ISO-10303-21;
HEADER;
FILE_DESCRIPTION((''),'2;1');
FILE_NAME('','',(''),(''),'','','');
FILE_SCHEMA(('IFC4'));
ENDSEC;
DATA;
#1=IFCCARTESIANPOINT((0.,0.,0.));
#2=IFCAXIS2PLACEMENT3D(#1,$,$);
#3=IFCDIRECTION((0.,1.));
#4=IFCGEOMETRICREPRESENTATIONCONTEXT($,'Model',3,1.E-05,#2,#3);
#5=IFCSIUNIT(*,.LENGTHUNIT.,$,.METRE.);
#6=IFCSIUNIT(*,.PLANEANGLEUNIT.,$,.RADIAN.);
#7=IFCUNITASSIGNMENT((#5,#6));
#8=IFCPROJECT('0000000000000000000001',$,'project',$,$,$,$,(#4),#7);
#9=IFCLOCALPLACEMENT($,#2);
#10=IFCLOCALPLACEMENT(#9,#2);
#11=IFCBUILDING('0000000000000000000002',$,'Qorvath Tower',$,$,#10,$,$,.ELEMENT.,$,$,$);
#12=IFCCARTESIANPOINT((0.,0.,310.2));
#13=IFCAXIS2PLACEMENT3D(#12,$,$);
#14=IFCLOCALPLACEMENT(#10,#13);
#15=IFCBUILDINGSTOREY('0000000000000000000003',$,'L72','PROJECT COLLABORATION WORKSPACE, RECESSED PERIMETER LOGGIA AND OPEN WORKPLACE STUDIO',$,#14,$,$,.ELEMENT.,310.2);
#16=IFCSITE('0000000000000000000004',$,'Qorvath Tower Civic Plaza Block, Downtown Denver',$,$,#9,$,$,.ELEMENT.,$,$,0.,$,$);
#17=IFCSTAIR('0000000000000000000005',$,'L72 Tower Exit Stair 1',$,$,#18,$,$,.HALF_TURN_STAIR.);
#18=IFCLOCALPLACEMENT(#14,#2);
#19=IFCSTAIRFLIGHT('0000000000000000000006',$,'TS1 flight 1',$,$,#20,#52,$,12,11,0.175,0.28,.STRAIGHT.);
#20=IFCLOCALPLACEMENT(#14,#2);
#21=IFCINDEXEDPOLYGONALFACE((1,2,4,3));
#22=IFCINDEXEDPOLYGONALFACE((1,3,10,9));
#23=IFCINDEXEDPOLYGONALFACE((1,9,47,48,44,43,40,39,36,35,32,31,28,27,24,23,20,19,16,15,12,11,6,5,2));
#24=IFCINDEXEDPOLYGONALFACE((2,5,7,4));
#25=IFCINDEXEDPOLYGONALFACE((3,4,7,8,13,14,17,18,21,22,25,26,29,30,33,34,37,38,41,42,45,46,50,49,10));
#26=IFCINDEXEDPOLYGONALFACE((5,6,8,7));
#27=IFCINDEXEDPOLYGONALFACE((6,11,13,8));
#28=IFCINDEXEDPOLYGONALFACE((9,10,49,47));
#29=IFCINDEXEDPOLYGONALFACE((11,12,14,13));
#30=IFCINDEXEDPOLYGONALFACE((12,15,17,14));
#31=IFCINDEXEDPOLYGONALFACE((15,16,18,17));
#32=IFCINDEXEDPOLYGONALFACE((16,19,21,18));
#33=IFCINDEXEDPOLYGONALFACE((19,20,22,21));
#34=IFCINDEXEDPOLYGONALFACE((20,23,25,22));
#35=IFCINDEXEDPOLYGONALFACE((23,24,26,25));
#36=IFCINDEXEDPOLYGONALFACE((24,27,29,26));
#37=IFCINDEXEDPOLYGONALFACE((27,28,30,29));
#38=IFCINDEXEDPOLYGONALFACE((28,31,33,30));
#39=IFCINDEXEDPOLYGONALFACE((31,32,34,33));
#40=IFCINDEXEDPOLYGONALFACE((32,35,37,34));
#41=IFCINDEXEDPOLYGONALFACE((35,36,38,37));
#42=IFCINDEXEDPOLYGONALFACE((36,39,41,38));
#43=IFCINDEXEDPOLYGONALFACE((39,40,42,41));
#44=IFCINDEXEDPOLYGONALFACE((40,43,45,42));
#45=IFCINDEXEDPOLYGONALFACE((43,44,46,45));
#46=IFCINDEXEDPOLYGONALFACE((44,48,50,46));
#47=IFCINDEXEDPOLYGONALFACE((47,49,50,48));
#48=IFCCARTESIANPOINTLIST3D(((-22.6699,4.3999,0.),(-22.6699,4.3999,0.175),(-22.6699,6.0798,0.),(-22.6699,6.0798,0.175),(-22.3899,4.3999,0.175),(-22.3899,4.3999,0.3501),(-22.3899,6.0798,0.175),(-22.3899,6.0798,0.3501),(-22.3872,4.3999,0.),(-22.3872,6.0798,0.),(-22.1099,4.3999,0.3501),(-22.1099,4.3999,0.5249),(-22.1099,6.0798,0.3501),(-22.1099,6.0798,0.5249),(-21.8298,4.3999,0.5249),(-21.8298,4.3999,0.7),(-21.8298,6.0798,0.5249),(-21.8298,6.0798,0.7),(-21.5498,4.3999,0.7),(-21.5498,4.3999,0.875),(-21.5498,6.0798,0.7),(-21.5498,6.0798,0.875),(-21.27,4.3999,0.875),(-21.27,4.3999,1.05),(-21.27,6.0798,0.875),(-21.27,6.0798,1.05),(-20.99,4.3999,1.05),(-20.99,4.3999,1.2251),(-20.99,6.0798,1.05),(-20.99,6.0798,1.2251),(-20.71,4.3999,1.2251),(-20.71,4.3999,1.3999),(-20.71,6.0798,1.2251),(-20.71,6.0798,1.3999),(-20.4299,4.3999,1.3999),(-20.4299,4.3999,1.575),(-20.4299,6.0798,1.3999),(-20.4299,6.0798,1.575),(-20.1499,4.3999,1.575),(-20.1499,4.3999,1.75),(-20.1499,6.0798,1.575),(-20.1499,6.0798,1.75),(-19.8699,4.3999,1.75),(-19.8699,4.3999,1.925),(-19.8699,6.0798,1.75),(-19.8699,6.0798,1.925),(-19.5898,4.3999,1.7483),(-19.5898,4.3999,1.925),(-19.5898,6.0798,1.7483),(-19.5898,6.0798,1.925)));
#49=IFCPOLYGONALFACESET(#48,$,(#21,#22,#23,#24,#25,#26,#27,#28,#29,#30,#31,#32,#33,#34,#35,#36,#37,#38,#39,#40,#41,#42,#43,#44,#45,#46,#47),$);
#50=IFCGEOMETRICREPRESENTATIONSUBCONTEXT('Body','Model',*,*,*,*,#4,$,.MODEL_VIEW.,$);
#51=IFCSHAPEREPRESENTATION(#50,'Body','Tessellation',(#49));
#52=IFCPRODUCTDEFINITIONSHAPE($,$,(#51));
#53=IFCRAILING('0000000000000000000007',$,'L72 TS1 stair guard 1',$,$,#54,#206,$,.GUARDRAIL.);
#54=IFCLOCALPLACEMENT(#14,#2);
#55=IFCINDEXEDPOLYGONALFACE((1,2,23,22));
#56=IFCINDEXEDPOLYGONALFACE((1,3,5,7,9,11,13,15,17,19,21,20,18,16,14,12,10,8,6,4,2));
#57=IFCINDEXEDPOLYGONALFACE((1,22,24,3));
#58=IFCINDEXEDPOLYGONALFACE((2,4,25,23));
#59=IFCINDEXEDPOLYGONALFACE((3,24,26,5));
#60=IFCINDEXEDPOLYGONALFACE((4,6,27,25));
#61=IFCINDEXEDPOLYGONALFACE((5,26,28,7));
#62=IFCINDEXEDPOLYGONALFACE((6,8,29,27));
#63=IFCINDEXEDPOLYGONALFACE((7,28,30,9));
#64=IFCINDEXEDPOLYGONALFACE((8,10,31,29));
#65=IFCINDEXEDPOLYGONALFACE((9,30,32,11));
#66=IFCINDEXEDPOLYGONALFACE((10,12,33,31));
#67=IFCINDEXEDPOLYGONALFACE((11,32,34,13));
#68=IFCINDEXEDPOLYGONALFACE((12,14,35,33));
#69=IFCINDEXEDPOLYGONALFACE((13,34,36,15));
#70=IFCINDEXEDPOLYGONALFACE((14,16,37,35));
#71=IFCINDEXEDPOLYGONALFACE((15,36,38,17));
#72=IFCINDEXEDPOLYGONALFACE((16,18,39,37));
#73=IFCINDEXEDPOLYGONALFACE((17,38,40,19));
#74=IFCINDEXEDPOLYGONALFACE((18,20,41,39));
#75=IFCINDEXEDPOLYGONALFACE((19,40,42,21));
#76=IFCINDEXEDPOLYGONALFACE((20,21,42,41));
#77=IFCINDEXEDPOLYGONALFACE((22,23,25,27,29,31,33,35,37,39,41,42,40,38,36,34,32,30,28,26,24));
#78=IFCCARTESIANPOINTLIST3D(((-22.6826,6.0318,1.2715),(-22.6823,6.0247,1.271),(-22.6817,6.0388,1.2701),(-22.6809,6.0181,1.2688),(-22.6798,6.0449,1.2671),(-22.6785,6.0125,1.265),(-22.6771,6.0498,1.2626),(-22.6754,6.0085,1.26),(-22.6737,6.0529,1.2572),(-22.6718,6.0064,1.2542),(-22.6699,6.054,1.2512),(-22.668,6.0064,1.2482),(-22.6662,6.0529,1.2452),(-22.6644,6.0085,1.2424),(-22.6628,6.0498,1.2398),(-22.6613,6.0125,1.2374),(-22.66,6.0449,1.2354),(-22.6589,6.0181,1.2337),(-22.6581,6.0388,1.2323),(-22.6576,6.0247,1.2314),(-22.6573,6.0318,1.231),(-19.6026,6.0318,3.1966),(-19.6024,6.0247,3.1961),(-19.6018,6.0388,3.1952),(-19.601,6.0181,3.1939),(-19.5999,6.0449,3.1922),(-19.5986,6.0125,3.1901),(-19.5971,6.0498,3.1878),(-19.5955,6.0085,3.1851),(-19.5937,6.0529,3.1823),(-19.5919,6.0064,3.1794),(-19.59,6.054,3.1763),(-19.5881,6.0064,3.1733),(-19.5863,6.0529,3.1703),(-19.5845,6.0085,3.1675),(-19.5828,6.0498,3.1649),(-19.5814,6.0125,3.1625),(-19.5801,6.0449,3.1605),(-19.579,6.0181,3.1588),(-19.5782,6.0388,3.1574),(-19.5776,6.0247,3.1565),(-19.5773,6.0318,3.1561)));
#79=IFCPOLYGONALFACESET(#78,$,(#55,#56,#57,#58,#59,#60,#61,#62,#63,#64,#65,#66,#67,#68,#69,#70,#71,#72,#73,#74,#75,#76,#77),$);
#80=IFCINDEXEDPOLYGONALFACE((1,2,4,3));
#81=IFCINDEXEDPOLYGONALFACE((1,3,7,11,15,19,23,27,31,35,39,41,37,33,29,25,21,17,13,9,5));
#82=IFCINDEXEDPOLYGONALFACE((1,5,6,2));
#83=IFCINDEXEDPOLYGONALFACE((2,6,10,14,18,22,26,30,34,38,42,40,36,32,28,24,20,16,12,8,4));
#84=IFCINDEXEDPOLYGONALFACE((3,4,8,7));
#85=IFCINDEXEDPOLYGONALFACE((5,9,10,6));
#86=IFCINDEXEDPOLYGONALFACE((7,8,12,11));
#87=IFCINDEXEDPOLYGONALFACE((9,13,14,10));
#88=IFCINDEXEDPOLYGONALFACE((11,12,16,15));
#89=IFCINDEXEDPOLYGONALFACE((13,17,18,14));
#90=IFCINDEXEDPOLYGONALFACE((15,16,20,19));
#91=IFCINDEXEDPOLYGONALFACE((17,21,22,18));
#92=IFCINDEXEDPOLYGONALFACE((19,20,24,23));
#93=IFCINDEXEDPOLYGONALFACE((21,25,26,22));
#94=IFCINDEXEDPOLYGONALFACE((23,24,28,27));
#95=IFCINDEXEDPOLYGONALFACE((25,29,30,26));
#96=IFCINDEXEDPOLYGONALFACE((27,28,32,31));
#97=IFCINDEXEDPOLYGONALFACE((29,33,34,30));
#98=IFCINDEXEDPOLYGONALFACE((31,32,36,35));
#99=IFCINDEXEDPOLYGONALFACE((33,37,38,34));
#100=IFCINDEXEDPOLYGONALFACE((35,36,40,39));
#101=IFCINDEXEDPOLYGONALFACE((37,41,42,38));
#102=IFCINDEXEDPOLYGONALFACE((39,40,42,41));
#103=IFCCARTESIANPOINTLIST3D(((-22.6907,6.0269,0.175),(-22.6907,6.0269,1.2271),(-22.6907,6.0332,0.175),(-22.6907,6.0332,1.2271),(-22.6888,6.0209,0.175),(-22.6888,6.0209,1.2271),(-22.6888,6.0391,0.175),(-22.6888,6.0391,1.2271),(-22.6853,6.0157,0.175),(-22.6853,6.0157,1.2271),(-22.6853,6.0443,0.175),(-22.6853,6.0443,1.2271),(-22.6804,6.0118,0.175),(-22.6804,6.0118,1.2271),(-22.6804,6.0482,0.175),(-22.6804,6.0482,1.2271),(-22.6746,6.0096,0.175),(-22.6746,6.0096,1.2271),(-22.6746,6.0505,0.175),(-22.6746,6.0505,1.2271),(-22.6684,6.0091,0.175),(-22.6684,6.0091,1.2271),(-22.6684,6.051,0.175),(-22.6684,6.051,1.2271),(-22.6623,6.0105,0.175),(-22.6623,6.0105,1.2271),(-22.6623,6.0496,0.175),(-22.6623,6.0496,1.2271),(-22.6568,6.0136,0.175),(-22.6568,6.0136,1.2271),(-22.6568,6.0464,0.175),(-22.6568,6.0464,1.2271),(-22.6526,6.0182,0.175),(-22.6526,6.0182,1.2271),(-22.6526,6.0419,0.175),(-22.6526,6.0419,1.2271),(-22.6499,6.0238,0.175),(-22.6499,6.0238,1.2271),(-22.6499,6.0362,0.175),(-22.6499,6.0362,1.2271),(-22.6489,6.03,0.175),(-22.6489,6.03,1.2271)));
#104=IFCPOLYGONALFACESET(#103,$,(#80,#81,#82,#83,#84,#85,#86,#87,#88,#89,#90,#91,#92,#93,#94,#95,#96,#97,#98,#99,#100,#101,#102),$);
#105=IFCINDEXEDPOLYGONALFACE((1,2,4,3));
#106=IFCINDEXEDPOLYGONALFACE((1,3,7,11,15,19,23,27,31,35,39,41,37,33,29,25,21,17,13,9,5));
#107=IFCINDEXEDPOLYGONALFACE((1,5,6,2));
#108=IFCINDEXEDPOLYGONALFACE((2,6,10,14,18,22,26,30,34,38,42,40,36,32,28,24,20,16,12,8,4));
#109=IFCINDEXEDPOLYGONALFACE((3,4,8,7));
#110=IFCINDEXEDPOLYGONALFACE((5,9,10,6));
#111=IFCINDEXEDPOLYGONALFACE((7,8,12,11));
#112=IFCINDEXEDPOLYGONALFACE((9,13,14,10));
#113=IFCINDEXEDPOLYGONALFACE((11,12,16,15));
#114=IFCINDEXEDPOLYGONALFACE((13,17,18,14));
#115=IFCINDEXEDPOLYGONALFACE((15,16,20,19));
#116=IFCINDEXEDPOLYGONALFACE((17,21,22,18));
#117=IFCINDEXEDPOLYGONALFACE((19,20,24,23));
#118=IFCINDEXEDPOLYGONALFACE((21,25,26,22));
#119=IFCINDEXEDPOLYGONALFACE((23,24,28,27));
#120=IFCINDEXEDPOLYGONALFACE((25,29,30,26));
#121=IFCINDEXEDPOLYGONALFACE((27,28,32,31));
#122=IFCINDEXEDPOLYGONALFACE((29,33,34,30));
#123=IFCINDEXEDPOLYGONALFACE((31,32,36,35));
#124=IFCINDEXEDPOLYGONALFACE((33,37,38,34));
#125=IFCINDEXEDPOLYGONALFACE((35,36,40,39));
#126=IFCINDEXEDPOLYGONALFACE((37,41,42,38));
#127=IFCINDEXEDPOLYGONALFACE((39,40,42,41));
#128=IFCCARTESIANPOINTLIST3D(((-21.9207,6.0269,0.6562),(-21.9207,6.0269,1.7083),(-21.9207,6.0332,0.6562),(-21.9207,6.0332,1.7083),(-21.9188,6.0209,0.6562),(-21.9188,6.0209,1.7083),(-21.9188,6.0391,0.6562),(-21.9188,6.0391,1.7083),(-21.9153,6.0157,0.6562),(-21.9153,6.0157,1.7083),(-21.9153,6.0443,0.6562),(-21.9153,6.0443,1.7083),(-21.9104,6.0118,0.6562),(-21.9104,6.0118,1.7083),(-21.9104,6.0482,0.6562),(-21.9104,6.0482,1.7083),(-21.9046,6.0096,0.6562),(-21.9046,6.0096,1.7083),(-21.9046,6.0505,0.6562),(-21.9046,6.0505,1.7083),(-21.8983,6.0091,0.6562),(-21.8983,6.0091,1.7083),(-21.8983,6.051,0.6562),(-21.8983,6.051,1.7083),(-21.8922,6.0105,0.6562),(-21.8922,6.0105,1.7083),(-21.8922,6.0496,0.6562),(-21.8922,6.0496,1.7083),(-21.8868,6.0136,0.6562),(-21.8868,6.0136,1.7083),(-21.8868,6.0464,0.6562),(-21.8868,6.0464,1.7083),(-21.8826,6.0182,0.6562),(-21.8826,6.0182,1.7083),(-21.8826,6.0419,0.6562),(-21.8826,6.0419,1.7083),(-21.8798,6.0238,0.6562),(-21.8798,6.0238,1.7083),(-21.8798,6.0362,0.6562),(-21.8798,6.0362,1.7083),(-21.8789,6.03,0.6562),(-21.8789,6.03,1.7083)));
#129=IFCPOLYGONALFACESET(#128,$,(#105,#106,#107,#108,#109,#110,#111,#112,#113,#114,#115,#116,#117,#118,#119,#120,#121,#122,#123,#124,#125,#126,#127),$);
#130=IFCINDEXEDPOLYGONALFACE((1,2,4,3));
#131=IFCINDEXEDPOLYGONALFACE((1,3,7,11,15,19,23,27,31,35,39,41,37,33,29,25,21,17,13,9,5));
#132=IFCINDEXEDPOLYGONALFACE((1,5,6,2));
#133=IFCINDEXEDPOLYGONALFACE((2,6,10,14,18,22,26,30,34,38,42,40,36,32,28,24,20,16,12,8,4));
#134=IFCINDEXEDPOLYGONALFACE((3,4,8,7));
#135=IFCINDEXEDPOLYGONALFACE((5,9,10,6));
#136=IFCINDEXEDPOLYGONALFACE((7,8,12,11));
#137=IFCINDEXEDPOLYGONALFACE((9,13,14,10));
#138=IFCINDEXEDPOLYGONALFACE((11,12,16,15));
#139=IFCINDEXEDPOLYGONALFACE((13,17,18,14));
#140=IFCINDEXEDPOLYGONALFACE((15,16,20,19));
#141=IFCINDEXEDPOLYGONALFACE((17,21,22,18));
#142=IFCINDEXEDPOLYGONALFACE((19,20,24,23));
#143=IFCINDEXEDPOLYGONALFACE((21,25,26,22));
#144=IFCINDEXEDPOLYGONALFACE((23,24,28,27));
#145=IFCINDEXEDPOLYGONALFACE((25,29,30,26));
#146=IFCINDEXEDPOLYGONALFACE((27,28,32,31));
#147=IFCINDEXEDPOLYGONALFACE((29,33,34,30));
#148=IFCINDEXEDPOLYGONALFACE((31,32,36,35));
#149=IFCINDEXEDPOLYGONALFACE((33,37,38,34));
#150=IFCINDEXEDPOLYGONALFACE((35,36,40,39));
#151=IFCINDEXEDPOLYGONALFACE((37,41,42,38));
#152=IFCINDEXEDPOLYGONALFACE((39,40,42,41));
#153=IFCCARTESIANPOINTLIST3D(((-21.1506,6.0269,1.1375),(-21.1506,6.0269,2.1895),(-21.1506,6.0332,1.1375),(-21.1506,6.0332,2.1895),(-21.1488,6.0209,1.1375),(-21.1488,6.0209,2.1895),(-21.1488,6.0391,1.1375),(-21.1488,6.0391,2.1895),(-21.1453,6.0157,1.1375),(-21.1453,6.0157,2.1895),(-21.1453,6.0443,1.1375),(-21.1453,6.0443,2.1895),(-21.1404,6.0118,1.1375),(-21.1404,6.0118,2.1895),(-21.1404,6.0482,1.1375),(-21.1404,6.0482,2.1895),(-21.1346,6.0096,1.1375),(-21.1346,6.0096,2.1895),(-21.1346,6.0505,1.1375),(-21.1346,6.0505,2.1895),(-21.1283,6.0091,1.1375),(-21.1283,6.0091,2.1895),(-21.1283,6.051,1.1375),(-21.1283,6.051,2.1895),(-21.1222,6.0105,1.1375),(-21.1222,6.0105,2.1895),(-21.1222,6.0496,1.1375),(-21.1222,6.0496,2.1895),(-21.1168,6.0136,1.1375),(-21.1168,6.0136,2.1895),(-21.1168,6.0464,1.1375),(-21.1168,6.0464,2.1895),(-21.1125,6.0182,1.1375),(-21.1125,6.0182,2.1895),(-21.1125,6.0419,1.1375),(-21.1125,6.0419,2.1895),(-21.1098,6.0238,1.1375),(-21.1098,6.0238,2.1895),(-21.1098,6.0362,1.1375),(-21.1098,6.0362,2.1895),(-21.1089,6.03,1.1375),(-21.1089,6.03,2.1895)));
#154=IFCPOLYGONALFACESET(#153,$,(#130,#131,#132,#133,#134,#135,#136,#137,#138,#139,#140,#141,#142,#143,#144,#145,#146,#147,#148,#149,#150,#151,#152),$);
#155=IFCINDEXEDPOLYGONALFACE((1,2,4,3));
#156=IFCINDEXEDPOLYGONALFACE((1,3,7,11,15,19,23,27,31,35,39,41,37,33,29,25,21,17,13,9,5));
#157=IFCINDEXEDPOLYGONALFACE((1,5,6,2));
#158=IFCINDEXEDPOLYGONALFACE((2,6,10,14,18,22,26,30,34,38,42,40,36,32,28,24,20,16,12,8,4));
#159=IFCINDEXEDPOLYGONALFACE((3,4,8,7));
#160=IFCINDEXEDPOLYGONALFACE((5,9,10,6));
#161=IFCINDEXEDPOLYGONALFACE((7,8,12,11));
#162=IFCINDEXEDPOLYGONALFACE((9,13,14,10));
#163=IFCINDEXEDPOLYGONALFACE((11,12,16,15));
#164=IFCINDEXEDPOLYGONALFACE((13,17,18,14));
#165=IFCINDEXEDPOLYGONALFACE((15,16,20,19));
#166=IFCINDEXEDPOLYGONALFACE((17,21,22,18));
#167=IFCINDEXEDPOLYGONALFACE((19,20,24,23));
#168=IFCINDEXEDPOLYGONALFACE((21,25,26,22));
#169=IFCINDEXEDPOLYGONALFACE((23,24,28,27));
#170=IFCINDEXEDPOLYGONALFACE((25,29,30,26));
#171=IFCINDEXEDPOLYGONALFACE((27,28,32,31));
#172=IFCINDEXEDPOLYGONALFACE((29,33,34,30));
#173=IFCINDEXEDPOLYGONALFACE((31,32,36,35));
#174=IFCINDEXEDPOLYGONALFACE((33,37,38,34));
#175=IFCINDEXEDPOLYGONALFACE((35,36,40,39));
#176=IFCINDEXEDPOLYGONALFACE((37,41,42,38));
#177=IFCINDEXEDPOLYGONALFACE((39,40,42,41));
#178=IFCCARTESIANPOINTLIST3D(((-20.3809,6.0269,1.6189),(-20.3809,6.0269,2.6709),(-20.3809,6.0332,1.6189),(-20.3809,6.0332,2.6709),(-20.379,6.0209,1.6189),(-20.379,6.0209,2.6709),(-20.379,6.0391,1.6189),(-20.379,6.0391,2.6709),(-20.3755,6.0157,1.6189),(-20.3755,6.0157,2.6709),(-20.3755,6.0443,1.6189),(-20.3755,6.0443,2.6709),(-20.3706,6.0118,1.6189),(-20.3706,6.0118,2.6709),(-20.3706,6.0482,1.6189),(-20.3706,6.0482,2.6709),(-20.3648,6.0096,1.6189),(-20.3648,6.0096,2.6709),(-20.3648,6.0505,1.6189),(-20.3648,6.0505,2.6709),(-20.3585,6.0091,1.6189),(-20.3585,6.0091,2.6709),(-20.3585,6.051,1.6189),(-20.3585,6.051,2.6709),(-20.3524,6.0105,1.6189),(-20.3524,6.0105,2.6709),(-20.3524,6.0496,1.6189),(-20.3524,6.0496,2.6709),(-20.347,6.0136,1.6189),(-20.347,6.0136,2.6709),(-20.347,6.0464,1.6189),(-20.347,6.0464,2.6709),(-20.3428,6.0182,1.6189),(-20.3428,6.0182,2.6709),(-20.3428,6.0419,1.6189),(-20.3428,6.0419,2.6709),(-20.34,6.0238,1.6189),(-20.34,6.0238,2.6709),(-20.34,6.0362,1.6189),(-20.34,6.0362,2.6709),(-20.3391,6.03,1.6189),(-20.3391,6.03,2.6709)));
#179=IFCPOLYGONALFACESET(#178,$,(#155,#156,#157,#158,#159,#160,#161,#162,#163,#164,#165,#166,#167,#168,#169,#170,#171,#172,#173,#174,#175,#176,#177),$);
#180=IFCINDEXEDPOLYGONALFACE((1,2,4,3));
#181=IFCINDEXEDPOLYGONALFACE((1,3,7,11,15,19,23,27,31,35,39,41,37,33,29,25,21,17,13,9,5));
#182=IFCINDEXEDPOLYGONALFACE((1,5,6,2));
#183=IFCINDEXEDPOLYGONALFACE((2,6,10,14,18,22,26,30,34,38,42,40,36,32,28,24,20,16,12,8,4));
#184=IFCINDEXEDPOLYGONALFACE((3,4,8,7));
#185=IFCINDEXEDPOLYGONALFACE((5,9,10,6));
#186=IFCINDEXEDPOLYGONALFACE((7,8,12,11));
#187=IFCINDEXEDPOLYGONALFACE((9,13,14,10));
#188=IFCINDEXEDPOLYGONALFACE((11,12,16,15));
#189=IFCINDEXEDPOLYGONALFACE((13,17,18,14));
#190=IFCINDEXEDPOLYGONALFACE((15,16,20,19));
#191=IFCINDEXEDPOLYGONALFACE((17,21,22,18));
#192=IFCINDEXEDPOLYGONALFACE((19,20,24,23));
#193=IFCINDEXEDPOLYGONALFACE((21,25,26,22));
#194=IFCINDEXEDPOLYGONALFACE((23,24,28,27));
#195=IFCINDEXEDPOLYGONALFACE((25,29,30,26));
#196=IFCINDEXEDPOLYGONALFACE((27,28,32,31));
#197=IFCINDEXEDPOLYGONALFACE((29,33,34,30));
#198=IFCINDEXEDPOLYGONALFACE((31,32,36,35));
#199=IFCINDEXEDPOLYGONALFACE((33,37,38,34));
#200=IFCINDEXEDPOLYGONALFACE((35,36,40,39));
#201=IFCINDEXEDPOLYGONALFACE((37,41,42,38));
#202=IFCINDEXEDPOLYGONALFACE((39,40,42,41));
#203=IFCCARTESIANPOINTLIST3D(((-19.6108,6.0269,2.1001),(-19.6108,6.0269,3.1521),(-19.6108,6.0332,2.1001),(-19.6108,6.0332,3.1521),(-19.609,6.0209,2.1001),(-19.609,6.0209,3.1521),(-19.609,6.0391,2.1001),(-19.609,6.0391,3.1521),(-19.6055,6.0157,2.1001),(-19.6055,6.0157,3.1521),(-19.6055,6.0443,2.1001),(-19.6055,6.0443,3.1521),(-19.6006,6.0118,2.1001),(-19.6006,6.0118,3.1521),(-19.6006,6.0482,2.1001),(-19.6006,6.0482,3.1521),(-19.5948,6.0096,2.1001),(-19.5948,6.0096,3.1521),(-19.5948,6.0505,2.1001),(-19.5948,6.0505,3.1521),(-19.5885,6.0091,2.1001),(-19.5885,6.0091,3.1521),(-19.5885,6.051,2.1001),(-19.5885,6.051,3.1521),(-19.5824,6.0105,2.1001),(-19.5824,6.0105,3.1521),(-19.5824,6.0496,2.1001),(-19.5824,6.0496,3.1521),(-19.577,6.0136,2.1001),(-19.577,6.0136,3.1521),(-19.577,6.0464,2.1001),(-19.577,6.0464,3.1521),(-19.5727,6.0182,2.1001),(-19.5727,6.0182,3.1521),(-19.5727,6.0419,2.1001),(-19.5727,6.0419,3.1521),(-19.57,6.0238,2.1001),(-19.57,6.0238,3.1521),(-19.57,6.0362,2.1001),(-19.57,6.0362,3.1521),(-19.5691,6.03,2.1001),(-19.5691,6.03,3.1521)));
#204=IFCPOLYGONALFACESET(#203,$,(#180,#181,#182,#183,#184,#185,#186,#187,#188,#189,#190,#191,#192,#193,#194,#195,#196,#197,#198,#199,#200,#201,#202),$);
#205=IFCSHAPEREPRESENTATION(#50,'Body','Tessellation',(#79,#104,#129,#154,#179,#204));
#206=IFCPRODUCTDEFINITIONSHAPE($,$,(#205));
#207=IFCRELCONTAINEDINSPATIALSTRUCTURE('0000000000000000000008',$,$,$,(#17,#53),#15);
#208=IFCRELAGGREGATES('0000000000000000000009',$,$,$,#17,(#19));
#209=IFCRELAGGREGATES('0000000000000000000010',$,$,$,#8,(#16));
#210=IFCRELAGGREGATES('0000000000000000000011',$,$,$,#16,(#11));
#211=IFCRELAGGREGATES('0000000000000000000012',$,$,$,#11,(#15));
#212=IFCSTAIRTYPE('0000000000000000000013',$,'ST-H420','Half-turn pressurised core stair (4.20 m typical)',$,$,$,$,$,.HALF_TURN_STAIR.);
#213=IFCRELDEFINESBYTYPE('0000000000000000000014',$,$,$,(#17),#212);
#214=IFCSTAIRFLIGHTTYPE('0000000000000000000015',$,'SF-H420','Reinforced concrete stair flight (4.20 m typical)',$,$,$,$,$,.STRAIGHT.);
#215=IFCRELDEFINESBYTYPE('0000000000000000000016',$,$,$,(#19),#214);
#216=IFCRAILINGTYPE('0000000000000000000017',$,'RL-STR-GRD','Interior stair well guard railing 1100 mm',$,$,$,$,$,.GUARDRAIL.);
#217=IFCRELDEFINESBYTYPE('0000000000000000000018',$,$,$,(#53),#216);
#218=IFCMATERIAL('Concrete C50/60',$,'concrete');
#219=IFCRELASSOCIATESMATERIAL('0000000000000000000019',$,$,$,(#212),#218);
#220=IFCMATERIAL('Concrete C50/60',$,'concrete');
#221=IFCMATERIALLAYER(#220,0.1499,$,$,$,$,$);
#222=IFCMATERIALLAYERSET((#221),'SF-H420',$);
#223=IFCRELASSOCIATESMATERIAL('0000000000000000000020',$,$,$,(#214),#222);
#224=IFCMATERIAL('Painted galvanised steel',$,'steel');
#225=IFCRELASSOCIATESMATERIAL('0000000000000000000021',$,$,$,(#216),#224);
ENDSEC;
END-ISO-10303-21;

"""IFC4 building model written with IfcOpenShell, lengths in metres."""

from ifc_helpers import new_model, si_unit, direction, frame, origin, origin_2d, place, context, subcontext, project, spatial, polyline, circle, outline, extrude, material, layer, layer_set, type_object, element, aggregate, save


model = new_model("IFC4")

# Units and contexts
model_context = context("Model", 3, precision=1e-05, world=origin(), true_north=direction((0.0, 1.0)))
body_context = subcontext(model_context, "Body", "Model", "MODEL_VIEW")
ifc_project = project(units=[si_unit("LENGTHUNIT", "METRE"), si_unit("PLANEANGLEUNIT", "RADIAN")], contexts=[model_context])

# Site, building, storey
site_placement = place(None, origin())
site = spatial("IfcSite", under=ifc_project, at=site_placement, Name="Qorvath Tower Civic Plaza Block, Downtown Denver", CompositionType="ELEMENT", RefElevation=0.0)
building_placement = place(site_placement, origin())
building = spatial("IfcBuilding", under=site, at=building_placement, Name="Qorvath Tower", CompositionType="ELEMENT")
storey_placement = place(building_placement, frame((0.0, 0.0, 310.2)))
storey = spatial("IfcBuildingStorey", under=building, at=storey_placement, Name="L72", Description="PROJECT COLLABORATION WORKSPACE, RECESSED PERIMETER LOGGIA AND OPEN WORKPLACE STUDIO", CompositionType="ELEMENT", Elevation=310.2)

# Stair, stair flight
ifc_material_1 = material(Name="Concrete C50/60", Category="concrete")
stair_type = type_object("IfcStairType", Name="ST-H420", Description="Half-turn pressurised core stair (4.20 m typical)", PredefinedType="HALF_TURN_STAIR", material=ifc_material_1)
stair_placement = place(storey_placement, origin())
stair = element("IfcStair", 1, at=stair_placement, inside=storey, type_object=stair_type, Name="L72 Tower Exit Stair 1", PredefinedType="HALF_TURN_STAIR")
ifc_material_2 = material(Name="Concrete C50/60", Category="concrete")
ifc_layer_1 = layer(ifc_material_2, 0.1499)
ifc_layer_set_1 = layer_set([ifc_layer_1], Name="SF-H420")
stair_flight_type = type_object("IfcStairFlightType", Name="SF-H420", Description="Reinforced concrete stair flight (4.20 m typical)", PredefinedType="STRAIGHT", material=ifc_layer_set_1)
stair_flight_placement = place(storey_placement, frame((-22.6699, 5.24, 0.0), z_axis=(0.0, 0.0, 1.0), x_axis=(1.0, 0.0, 0.0)))
stair_flight = element("IfcStairFlight", 2, at=stair_flight_placement, type_object=stair_flight_type, Name="TS1 flight 1", NumberOfRisers=12, NumberOfTreads=11, PredefinedType="STRAIGHT", RiserHeight=0.175, TreadLength=0.28, context=body_context, shape_type="SweptSolid", body=[
    extrude(outline(polyline([(0.0, 0.0), (0.0, 0.175), (0.28, 0.175), (0.28, 0.3501), (0.5601, 0.3501), (0.5601, 0.5249), (0.8401, 0.5249), (0.8401, 0.7), (1.1201, 0.7), (1.1201, 0.875), (1.3999, 0.875), (1.3999, 1.05), (1.6799, 1.05), (1.6799, 1.2251), (1.96, 1.2251), (1.96, 1.3999), (2.24, 1.3999), (2.24, 1.575), (2.52, 1.575), (2.52, 1.75), (2.8, 1.75), (2.8, 1.925), (3.0801, 1.925), (3.0801, 2.1001), (3.0801, 1.7483), (0.2827, 0.0), (0.0, 0.0)])), frame((0.0, 0.8398, 0.0), z_axis=(0.0, -1.0, 0.0), x_axis=(1.0, 0.0, 0.0)), (0.0, 0.0, 1.0), 1.6799),
])
aggregate(stair, [stair_flight])

# Railing
ifc_material_3 = material(Name="Painted galvanised steel", Category="steel")
railing_type_1 = type_object("IfcRailingType", Name="RL-STR-GRD", Description="Interior stair well guard railing 1100 mm", PredefinedType="GUARDRAIL", material=ifc_material_3)
railing_1_placement = place(storey_placement, frame((-22.6699, 6.03, 0.175)))
element("IfcRailing", 3, at=railing_1_placement, inside=storey, type_object=railing_type_1, Name="L72 TS1 stair guard 1", PredefinedType="GUARDRAIL", context=body_context, shape_type="SweptSolid", body=[
    extrude(circle(Radius=0.0239, at=origin_2d()), frame((0.0, 0.0, 1.0762), z_axis=(0.847979, 0.0, 0.530029), x_axis=(0.0, 1.0, 0.0)), (0.0, 0.0, 1.0), 3.6321),
    extrude(circle(Radius=0.021, at=origin_2d()), origin(), (0.0, 0.0, 1.0), 1.052),
    extrude(circle(Radius=0.021, at=origin_2d()), frame((0.77, 0.0, 0.4812)), (0.0, 0.0, 1.0), 1.052),
    extrude(circle(Radius=0.021, at=origin_2d()), frame((1.54, 0.0, 0.9624)), (0.0, 0.0, 1.0), 1.052),
    extrude(circle(Radius=0.021, at=origin_2d()), frame((2.3098, 0.0, 1.4438)), (0.0, 0.0, 1.0), 1.052),
    extrude(circle(Radius=0.021, at=origin_2d()), frame((3.0798, 0.0, 1.925)), (0.0, 0.0, 1.0), 1.052),
])

save(model, "model.ifc")
